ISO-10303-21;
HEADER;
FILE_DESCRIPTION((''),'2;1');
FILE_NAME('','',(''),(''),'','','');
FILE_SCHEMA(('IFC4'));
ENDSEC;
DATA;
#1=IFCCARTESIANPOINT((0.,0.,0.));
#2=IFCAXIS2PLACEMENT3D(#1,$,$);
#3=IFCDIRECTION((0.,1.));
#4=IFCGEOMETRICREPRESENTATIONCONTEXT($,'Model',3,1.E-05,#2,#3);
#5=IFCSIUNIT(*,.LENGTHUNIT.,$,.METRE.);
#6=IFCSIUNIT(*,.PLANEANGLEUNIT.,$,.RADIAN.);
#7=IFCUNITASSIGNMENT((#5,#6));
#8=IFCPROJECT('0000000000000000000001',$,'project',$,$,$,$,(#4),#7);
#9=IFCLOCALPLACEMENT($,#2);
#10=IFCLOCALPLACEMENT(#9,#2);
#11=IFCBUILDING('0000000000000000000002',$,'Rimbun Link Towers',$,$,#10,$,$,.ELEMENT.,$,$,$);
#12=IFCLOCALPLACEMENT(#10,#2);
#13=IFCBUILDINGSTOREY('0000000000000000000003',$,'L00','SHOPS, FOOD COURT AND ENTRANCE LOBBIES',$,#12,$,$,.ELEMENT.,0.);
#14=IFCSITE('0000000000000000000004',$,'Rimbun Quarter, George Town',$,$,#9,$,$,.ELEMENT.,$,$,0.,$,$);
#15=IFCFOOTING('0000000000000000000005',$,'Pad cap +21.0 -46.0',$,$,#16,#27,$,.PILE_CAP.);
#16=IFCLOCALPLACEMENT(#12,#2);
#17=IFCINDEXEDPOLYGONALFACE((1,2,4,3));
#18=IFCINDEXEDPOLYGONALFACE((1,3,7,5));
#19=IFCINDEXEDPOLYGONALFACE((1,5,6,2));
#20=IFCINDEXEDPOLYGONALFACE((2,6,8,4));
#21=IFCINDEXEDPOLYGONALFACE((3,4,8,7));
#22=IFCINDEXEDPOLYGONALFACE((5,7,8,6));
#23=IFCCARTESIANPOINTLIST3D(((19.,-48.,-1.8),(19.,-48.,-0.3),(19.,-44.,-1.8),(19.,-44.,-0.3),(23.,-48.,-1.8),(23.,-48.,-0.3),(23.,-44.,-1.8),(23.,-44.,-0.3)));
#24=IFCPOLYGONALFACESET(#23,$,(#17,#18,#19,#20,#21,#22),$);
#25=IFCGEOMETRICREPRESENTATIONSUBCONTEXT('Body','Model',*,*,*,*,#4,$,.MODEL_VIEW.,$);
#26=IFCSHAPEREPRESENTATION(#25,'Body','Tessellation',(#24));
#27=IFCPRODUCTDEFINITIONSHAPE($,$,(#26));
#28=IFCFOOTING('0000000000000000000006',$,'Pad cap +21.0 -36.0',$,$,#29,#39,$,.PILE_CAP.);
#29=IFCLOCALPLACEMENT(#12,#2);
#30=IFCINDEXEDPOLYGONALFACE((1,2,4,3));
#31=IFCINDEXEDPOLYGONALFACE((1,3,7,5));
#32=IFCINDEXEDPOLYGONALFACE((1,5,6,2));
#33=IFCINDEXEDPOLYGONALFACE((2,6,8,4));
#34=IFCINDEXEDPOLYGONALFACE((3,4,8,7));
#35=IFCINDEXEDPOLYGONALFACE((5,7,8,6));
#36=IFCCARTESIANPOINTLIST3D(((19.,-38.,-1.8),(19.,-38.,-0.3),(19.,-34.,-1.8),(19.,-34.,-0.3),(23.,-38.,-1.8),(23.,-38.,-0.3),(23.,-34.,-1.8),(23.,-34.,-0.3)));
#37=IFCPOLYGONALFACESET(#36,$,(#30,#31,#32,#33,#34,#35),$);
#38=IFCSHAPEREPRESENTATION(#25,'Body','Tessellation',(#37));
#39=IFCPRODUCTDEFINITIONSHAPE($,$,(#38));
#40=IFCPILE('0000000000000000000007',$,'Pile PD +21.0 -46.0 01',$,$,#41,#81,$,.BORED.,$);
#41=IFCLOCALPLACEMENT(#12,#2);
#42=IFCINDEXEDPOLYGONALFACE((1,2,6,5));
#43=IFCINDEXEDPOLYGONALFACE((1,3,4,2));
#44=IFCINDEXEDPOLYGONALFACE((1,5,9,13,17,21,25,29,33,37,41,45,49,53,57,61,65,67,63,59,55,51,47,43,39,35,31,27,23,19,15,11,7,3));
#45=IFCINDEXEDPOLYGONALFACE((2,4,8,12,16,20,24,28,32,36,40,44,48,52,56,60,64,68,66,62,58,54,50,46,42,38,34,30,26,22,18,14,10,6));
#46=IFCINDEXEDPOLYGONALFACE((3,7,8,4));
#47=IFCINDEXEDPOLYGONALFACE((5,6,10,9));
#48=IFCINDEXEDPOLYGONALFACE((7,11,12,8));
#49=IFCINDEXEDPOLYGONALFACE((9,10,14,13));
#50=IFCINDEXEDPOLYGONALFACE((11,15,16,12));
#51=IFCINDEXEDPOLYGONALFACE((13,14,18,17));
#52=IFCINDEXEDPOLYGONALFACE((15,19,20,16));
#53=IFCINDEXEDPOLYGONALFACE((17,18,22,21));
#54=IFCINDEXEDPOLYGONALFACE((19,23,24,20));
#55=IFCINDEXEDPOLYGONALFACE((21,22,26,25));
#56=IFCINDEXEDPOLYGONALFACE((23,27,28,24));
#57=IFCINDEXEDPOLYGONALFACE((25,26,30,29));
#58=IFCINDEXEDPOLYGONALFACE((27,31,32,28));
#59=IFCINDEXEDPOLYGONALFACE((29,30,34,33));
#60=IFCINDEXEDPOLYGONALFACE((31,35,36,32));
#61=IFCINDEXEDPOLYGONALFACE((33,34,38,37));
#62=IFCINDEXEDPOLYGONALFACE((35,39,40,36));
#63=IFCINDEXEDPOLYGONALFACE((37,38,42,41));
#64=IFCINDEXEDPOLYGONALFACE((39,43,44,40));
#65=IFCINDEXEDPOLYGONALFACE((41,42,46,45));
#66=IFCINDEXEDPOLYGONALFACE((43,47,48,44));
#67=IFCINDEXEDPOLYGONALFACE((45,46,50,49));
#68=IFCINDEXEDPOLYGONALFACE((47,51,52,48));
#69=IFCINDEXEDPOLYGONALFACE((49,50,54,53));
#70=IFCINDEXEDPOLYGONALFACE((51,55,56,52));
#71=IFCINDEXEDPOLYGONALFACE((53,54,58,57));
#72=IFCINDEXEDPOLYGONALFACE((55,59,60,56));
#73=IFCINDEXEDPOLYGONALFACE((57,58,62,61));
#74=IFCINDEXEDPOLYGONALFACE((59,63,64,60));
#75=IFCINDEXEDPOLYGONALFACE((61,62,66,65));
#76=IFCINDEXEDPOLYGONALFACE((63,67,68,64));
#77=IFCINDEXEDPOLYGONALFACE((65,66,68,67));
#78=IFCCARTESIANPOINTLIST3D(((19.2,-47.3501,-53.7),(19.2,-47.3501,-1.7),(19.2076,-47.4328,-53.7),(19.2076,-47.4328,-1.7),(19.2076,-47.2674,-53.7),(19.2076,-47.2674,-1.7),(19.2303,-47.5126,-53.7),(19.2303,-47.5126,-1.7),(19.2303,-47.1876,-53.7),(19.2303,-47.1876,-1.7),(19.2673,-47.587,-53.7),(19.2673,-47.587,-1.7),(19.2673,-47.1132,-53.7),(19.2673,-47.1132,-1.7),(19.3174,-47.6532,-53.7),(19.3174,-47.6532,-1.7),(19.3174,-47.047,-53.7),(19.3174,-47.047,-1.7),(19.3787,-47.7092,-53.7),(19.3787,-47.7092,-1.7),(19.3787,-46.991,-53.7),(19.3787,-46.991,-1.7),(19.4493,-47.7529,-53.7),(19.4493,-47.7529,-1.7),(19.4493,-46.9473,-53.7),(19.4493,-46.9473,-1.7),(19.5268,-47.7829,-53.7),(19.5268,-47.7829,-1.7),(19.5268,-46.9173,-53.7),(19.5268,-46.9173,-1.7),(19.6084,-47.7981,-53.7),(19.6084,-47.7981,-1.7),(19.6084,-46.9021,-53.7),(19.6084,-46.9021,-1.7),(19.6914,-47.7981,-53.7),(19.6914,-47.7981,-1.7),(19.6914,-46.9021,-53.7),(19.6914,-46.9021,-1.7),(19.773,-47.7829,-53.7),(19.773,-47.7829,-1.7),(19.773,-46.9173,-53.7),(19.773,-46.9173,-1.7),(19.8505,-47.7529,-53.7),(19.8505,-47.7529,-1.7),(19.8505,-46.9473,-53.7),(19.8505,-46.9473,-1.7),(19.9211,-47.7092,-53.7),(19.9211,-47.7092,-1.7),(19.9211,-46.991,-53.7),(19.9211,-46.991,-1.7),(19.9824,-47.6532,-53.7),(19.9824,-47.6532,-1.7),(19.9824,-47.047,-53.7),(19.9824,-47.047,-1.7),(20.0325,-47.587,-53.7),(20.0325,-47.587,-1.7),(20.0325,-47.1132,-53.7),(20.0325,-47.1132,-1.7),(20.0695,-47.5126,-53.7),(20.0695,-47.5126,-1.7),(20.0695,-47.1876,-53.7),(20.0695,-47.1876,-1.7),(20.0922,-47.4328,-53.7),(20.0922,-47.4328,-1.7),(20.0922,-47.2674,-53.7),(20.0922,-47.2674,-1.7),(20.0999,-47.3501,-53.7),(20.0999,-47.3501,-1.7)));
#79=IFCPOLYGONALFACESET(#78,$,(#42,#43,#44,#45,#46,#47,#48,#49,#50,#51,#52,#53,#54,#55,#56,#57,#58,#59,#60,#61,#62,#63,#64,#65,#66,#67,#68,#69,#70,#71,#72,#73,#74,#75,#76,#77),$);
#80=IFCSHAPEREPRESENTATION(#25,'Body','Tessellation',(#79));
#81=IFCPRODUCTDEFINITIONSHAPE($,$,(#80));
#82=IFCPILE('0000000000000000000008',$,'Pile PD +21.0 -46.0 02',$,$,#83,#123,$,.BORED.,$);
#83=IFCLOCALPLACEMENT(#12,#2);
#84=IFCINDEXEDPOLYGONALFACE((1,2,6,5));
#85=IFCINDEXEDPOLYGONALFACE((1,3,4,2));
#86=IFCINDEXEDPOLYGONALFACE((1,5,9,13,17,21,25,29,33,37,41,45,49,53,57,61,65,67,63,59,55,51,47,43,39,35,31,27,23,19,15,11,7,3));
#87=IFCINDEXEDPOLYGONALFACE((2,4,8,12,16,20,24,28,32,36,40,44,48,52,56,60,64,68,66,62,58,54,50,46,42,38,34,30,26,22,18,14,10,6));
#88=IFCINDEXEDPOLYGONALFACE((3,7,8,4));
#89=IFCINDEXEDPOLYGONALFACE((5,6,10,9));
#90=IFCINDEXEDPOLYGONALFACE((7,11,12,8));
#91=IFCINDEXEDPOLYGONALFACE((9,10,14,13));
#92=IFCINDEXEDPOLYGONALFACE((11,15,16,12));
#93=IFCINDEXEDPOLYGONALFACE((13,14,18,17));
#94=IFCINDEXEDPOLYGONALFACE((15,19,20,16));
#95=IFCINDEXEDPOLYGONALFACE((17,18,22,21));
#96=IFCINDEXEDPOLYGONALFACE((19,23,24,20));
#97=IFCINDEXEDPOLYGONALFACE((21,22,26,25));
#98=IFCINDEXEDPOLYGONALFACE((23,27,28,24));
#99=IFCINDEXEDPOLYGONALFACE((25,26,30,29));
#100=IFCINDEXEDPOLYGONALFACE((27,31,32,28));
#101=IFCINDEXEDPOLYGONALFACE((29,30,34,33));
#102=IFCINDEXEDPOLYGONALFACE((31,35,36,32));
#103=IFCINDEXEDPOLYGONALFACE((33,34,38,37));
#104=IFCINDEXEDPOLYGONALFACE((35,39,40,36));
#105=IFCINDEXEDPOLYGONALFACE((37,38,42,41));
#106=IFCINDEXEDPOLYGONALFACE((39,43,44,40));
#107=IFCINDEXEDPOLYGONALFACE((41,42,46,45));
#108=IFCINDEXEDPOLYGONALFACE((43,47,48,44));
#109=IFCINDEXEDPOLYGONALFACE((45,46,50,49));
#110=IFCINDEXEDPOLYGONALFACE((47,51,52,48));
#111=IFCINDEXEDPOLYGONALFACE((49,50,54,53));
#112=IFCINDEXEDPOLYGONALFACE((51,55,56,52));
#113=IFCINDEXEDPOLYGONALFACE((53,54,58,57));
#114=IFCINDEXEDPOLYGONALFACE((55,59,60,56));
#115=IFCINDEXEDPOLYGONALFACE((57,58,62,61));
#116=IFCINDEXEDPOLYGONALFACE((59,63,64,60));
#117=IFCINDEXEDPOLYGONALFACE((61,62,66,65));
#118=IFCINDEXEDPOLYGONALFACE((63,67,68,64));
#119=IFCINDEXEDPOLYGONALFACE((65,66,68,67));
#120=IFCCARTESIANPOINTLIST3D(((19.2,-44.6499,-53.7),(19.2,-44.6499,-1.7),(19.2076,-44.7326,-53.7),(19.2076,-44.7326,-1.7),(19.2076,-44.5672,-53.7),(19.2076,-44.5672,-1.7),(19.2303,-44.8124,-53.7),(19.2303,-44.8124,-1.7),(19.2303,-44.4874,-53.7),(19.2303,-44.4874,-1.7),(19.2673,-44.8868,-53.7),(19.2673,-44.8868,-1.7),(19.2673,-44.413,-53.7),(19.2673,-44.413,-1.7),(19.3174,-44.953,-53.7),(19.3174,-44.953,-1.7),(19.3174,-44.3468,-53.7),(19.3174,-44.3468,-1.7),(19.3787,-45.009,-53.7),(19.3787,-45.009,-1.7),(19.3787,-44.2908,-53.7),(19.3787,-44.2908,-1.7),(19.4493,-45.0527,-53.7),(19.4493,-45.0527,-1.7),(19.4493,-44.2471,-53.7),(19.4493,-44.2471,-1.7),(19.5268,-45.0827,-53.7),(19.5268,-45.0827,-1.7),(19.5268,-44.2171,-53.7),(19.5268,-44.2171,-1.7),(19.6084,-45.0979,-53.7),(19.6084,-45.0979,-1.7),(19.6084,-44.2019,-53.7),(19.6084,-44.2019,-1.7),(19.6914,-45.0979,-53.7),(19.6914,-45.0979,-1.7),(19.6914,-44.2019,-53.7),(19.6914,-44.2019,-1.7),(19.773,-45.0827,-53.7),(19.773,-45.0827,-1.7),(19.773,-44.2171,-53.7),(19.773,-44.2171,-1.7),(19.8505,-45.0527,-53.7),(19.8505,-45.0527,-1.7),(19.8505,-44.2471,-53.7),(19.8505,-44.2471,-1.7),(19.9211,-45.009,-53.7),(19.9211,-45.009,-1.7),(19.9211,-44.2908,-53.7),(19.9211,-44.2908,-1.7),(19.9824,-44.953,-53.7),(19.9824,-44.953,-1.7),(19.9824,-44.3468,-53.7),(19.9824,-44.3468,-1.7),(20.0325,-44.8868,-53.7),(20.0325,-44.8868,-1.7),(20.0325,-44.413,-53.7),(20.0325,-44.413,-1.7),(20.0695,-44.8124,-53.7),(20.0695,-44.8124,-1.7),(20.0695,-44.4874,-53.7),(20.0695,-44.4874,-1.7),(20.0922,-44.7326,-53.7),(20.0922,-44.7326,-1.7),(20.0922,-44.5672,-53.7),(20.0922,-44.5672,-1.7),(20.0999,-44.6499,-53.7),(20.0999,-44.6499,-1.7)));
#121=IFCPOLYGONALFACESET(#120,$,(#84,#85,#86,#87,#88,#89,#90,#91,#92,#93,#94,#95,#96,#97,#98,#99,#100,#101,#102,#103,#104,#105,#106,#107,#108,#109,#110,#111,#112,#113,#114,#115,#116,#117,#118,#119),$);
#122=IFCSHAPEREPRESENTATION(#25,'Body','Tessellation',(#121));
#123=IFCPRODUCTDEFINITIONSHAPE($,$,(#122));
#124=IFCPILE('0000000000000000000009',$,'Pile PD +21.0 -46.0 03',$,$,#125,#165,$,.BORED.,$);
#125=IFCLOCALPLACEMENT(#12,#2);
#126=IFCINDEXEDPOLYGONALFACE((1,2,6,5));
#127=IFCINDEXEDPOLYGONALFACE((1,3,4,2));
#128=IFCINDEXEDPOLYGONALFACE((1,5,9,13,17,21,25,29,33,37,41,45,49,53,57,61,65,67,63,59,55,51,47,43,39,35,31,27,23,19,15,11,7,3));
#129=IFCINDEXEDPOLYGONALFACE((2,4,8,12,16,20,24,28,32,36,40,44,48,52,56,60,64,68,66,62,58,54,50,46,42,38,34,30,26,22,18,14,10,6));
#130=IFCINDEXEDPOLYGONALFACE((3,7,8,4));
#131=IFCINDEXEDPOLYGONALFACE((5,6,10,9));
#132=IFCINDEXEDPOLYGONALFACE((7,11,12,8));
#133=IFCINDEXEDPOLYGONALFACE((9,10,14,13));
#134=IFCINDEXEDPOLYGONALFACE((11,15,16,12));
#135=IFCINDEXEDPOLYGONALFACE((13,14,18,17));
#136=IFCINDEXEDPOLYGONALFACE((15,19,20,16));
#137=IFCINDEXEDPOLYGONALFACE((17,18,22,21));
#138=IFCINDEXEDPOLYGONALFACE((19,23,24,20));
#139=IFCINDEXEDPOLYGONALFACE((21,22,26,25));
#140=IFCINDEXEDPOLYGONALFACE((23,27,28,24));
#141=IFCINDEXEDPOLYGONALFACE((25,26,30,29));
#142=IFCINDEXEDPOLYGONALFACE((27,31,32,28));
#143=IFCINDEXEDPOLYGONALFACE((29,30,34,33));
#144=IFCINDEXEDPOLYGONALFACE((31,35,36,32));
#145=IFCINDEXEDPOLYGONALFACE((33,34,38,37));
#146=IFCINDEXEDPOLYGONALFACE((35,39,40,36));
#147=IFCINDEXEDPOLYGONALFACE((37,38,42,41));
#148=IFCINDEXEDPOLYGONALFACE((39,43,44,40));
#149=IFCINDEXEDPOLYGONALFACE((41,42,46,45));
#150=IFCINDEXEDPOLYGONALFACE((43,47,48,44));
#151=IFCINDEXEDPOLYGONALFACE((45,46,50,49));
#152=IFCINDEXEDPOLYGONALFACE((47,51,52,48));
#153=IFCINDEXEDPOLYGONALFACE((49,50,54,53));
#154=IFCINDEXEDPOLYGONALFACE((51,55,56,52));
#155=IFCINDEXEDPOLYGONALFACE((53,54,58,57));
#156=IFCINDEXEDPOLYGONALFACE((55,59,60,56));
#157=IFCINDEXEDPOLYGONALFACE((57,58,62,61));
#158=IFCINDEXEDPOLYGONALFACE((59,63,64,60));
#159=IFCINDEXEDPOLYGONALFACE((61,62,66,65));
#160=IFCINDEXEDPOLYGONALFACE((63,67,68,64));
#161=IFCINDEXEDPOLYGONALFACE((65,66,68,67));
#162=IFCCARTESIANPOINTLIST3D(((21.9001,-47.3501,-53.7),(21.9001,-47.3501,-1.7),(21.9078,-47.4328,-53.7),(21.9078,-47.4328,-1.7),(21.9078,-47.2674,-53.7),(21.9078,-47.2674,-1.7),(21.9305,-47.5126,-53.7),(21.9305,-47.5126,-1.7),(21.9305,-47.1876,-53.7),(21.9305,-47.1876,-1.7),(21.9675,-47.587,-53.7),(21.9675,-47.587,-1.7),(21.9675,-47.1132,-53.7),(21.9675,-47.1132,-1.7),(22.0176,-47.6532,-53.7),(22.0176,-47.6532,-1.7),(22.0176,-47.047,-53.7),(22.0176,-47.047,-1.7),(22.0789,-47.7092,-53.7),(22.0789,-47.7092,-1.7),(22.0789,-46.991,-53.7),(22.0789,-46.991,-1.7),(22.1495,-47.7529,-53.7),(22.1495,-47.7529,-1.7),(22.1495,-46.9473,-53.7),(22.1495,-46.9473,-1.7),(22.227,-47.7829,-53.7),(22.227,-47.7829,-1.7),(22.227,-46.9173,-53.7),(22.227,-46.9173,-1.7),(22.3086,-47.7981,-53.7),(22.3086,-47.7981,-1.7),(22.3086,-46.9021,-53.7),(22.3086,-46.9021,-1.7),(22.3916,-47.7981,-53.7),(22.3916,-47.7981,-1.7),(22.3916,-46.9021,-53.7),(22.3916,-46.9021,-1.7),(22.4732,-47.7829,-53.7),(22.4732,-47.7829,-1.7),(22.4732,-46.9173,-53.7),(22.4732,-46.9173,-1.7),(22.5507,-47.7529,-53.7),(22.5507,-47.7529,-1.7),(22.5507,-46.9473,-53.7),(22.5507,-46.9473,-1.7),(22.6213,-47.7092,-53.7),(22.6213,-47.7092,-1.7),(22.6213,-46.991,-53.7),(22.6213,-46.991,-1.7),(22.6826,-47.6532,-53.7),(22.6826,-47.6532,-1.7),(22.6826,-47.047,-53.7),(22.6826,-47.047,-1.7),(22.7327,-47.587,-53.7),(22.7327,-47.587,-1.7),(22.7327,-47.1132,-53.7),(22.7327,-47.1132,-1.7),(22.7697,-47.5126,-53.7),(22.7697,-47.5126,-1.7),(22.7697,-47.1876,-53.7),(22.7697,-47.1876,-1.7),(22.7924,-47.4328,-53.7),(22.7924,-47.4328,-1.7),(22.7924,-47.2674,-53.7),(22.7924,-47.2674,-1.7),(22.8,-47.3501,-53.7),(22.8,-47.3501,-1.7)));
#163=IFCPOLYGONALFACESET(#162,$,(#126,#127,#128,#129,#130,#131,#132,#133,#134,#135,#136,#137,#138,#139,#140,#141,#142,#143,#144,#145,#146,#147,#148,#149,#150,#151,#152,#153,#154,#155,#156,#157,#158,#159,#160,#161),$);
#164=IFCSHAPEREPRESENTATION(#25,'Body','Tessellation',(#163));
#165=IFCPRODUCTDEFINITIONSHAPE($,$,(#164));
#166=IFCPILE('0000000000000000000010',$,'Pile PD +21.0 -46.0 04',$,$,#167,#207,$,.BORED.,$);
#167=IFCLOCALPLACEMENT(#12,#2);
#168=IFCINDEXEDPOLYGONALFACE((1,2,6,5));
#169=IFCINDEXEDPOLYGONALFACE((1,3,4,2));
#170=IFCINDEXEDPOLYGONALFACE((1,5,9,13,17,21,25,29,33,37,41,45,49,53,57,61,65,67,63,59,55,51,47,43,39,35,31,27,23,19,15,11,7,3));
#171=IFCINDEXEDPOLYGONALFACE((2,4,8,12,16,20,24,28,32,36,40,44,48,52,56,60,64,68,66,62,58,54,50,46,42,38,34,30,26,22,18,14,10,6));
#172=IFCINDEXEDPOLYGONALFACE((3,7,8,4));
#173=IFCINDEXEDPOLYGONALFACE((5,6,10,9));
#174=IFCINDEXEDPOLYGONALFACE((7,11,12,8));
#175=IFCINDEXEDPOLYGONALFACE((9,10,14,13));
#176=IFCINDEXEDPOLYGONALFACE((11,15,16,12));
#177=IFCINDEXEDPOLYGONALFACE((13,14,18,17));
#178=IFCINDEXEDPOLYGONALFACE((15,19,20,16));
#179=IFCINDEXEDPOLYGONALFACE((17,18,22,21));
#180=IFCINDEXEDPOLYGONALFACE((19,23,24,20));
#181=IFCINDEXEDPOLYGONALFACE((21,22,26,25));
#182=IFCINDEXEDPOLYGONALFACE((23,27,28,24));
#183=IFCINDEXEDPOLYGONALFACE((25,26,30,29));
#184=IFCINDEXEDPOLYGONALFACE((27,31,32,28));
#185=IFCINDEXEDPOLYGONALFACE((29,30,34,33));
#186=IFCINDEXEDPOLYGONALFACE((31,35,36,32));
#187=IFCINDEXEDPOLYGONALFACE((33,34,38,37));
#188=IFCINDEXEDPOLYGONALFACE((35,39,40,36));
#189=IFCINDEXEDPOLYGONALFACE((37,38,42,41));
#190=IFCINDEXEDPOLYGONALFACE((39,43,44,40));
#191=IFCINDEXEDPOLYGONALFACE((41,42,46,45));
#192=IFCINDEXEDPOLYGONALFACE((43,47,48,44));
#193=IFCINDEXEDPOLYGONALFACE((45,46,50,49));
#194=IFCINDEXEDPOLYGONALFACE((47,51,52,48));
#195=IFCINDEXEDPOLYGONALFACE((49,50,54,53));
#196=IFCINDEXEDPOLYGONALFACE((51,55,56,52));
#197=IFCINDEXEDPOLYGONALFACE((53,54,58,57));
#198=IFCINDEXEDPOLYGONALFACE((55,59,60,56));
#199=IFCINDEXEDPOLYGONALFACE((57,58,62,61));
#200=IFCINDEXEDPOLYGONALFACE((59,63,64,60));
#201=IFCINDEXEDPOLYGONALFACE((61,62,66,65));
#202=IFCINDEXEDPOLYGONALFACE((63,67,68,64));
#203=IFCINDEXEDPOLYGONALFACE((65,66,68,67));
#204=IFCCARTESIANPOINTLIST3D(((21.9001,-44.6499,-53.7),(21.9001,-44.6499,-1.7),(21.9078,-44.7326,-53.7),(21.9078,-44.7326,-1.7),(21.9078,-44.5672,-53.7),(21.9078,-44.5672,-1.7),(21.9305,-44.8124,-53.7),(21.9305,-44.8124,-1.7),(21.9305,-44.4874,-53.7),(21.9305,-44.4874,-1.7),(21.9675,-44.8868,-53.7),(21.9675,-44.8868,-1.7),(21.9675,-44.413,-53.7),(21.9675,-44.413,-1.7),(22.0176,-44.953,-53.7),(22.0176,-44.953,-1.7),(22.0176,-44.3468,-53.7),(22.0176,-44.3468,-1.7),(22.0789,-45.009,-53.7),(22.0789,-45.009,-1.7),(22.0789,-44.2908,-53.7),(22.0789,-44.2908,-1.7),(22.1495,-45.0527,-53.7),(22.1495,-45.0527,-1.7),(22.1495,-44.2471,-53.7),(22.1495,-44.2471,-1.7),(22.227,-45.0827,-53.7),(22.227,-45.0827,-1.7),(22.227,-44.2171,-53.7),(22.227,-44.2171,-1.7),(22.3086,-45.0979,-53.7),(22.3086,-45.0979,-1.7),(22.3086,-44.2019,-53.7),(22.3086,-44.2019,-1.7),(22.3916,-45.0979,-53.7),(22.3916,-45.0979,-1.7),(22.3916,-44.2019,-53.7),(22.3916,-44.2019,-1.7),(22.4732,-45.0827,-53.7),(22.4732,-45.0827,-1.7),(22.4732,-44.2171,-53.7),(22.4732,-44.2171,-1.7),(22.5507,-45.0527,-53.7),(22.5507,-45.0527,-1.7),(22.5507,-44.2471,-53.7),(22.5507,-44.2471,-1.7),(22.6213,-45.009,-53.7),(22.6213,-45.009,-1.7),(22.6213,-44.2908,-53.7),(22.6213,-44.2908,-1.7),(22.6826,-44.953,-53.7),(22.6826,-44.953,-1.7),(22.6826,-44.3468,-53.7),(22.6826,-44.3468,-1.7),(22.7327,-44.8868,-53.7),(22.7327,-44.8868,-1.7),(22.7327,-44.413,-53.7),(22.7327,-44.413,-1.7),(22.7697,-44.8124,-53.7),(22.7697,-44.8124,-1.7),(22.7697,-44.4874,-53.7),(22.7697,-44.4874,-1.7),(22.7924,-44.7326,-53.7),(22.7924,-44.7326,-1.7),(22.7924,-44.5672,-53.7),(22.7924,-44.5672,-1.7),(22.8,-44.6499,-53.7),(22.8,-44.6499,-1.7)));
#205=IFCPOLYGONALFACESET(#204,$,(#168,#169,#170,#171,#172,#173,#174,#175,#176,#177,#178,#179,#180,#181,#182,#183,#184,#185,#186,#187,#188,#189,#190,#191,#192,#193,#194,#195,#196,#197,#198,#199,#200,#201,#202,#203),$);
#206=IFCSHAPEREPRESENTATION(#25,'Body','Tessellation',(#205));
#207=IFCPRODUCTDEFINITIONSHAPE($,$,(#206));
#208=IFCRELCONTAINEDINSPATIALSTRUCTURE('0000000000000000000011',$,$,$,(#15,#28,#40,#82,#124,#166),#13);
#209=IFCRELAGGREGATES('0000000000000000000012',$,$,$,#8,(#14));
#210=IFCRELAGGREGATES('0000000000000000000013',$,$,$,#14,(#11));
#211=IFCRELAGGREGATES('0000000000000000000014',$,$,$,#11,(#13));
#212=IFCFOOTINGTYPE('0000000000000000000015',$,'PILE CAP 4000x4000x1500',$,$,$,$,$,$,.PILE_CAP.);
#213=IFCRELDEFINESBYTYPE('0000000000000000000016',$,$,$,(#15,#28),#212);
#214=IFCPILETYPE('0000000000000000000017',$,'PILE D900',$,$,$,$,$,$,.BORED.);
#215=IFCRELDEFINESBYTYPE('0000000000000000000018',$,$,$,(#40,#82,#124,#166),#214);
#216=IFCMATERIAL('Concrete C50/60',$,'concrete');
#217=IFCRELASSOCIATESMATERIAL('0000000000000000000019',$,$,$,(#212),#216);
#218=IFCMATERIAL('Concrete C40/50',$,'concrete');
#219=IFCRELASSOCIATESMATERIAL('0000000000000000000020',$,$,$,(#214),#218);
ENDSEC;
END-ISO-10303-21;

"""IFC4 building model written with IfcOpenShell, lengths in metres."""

from ifc_helpers import new_model, si_unit, direction, frame, origin, origin_2d, place, context, subcontext, project, spatial, rectangle, circle, extrude, material, material_profile, profile_set, type_object, element, save


model = new_model("IFC4")

# Units and contexts
model_context = context("Model", 3, precision=1e-05, world=origin(), true_north=direction((0.0, 1.0)))
body_context = subcontext(model_context, "Body", "Model", "MODEL_VIEW")
ifc_project = project(units=[si_unit("LENGTHUNIT", "METRE"), si_unit("PLANEANGLEUNIT", "RADIAN")], contexts=[model_context])

# Site, building, storey
site_placement = place(None, origin())
site = spatial("IfcSite", under=ifc_project, at=site_placement, Name="Rimbun Quarter, George Town", CompositionType="ELEMENT", RefElevation=0.0)
building_placement = place(site_placement, origin())
building = spatial("IfcBuilding", under=site, at=building_placement, Name="Rimbun Link Towers", CompositionType="ELEMENT")
storey_placement = place(building_placement, origin())
storey = spatial("IfcBuildingStorey", under=building, at=storey_placement, Name="L00", Description="SHOPS, FOOD COURT AND ENTRANCE LOBBIES", CompositionType="ELEMENT", Elevation=0.0)

# Footings
ifc_material_1 = material(Name="Concrete C50/60", Category="concrete")
footing_type = type_object("IfcFootingType", Name="PILE CAP 4000x4000x1500", PredefinedType="PILE_CAP", material=ifc_material_1)
for number, where, z_axis, x_axis, name in (
    (1, (21.0, -46.0, -1.8), (0.0, 0.0, 1.0), (1.0, 0.0, 0.0), "Pad cap +21.0 -46.0"),
    (2, (21.0, -36.0, -1.8), (0.0, 0.0, 1.0), (1.0, 0.0, 0.0), "Pad cap +21.0 -36.0"),
):
    element("IfcFooting", number, at=place(storey_placement, frame(where, z_axis=z_axis, x_axis=x_axis)), inside=storey, type_object=footing_type, Name=name, PredefinedType="PILE_CAP", context=body_context, shape_type="SweptSolid", body=[
        extrude(rectangle(XDim=4.0, YDim=4.0, at=origin_2d()), origin(), (0.0, 0.0, 1.0), 1.5),
    ])

# Piles
ifc_material_2 = material(Name="Concrete C40/50", Category="concrete")
ifc_material_profile_1 = material_profile(ifc_material_2, circle(Radius=0.45, at=origin_2d()), Name="PILE D900")
ifc_profile_set_1 = profile_set([ifc_material_profile_1], Name="Concrete C40/50")
pile_type = type_object("IfcPileType", Name="PILE D900", PredefinedType="BORED", material=ifc_profile_set_1)
for number, where, z_axis, x_axis, name in (
    (3, (19.6499, -47.3501, -1.7), (0.0, 0.0, -1.0), (1.0, 0.0, 0.0), "Pile PD +21.0 -46.0 01"),
    (4, (19.6499, -44.6499, -1.7), (0.0, 0.0, -1.0), (1.0, 0.0, 0.0), "Pile PD +21.0 -46.0 02"),
    (5, (22.3501, -47.3501, -1.7), (0.0, 0.0, -1.0), (1.0, 0.0, 0.0), "Pile PD +21.0 -46.0 03"),
    (6, (22.3501, -44.6499, -1.7), (0.0, 0.0, -1.0), (1.0, 0.0, 0.0), "Pile PD +21.0 -46.0 04"),
):
    element("IfcPile", number, at=place(storey_placement, frame(where, z_axis=z_axis, x_axis=x_axis)), inside=storey, type_object=pile_type, Name=name, PredefinedType="BORED", context=body_context, shape_type="SweptSolid", body=[
        extrude(circle(Radius=0.45, at=origin_2d()), origin(), (0.0, 0.0, 1.0), 52.0),
    ])

save(model, "model.ifc")
